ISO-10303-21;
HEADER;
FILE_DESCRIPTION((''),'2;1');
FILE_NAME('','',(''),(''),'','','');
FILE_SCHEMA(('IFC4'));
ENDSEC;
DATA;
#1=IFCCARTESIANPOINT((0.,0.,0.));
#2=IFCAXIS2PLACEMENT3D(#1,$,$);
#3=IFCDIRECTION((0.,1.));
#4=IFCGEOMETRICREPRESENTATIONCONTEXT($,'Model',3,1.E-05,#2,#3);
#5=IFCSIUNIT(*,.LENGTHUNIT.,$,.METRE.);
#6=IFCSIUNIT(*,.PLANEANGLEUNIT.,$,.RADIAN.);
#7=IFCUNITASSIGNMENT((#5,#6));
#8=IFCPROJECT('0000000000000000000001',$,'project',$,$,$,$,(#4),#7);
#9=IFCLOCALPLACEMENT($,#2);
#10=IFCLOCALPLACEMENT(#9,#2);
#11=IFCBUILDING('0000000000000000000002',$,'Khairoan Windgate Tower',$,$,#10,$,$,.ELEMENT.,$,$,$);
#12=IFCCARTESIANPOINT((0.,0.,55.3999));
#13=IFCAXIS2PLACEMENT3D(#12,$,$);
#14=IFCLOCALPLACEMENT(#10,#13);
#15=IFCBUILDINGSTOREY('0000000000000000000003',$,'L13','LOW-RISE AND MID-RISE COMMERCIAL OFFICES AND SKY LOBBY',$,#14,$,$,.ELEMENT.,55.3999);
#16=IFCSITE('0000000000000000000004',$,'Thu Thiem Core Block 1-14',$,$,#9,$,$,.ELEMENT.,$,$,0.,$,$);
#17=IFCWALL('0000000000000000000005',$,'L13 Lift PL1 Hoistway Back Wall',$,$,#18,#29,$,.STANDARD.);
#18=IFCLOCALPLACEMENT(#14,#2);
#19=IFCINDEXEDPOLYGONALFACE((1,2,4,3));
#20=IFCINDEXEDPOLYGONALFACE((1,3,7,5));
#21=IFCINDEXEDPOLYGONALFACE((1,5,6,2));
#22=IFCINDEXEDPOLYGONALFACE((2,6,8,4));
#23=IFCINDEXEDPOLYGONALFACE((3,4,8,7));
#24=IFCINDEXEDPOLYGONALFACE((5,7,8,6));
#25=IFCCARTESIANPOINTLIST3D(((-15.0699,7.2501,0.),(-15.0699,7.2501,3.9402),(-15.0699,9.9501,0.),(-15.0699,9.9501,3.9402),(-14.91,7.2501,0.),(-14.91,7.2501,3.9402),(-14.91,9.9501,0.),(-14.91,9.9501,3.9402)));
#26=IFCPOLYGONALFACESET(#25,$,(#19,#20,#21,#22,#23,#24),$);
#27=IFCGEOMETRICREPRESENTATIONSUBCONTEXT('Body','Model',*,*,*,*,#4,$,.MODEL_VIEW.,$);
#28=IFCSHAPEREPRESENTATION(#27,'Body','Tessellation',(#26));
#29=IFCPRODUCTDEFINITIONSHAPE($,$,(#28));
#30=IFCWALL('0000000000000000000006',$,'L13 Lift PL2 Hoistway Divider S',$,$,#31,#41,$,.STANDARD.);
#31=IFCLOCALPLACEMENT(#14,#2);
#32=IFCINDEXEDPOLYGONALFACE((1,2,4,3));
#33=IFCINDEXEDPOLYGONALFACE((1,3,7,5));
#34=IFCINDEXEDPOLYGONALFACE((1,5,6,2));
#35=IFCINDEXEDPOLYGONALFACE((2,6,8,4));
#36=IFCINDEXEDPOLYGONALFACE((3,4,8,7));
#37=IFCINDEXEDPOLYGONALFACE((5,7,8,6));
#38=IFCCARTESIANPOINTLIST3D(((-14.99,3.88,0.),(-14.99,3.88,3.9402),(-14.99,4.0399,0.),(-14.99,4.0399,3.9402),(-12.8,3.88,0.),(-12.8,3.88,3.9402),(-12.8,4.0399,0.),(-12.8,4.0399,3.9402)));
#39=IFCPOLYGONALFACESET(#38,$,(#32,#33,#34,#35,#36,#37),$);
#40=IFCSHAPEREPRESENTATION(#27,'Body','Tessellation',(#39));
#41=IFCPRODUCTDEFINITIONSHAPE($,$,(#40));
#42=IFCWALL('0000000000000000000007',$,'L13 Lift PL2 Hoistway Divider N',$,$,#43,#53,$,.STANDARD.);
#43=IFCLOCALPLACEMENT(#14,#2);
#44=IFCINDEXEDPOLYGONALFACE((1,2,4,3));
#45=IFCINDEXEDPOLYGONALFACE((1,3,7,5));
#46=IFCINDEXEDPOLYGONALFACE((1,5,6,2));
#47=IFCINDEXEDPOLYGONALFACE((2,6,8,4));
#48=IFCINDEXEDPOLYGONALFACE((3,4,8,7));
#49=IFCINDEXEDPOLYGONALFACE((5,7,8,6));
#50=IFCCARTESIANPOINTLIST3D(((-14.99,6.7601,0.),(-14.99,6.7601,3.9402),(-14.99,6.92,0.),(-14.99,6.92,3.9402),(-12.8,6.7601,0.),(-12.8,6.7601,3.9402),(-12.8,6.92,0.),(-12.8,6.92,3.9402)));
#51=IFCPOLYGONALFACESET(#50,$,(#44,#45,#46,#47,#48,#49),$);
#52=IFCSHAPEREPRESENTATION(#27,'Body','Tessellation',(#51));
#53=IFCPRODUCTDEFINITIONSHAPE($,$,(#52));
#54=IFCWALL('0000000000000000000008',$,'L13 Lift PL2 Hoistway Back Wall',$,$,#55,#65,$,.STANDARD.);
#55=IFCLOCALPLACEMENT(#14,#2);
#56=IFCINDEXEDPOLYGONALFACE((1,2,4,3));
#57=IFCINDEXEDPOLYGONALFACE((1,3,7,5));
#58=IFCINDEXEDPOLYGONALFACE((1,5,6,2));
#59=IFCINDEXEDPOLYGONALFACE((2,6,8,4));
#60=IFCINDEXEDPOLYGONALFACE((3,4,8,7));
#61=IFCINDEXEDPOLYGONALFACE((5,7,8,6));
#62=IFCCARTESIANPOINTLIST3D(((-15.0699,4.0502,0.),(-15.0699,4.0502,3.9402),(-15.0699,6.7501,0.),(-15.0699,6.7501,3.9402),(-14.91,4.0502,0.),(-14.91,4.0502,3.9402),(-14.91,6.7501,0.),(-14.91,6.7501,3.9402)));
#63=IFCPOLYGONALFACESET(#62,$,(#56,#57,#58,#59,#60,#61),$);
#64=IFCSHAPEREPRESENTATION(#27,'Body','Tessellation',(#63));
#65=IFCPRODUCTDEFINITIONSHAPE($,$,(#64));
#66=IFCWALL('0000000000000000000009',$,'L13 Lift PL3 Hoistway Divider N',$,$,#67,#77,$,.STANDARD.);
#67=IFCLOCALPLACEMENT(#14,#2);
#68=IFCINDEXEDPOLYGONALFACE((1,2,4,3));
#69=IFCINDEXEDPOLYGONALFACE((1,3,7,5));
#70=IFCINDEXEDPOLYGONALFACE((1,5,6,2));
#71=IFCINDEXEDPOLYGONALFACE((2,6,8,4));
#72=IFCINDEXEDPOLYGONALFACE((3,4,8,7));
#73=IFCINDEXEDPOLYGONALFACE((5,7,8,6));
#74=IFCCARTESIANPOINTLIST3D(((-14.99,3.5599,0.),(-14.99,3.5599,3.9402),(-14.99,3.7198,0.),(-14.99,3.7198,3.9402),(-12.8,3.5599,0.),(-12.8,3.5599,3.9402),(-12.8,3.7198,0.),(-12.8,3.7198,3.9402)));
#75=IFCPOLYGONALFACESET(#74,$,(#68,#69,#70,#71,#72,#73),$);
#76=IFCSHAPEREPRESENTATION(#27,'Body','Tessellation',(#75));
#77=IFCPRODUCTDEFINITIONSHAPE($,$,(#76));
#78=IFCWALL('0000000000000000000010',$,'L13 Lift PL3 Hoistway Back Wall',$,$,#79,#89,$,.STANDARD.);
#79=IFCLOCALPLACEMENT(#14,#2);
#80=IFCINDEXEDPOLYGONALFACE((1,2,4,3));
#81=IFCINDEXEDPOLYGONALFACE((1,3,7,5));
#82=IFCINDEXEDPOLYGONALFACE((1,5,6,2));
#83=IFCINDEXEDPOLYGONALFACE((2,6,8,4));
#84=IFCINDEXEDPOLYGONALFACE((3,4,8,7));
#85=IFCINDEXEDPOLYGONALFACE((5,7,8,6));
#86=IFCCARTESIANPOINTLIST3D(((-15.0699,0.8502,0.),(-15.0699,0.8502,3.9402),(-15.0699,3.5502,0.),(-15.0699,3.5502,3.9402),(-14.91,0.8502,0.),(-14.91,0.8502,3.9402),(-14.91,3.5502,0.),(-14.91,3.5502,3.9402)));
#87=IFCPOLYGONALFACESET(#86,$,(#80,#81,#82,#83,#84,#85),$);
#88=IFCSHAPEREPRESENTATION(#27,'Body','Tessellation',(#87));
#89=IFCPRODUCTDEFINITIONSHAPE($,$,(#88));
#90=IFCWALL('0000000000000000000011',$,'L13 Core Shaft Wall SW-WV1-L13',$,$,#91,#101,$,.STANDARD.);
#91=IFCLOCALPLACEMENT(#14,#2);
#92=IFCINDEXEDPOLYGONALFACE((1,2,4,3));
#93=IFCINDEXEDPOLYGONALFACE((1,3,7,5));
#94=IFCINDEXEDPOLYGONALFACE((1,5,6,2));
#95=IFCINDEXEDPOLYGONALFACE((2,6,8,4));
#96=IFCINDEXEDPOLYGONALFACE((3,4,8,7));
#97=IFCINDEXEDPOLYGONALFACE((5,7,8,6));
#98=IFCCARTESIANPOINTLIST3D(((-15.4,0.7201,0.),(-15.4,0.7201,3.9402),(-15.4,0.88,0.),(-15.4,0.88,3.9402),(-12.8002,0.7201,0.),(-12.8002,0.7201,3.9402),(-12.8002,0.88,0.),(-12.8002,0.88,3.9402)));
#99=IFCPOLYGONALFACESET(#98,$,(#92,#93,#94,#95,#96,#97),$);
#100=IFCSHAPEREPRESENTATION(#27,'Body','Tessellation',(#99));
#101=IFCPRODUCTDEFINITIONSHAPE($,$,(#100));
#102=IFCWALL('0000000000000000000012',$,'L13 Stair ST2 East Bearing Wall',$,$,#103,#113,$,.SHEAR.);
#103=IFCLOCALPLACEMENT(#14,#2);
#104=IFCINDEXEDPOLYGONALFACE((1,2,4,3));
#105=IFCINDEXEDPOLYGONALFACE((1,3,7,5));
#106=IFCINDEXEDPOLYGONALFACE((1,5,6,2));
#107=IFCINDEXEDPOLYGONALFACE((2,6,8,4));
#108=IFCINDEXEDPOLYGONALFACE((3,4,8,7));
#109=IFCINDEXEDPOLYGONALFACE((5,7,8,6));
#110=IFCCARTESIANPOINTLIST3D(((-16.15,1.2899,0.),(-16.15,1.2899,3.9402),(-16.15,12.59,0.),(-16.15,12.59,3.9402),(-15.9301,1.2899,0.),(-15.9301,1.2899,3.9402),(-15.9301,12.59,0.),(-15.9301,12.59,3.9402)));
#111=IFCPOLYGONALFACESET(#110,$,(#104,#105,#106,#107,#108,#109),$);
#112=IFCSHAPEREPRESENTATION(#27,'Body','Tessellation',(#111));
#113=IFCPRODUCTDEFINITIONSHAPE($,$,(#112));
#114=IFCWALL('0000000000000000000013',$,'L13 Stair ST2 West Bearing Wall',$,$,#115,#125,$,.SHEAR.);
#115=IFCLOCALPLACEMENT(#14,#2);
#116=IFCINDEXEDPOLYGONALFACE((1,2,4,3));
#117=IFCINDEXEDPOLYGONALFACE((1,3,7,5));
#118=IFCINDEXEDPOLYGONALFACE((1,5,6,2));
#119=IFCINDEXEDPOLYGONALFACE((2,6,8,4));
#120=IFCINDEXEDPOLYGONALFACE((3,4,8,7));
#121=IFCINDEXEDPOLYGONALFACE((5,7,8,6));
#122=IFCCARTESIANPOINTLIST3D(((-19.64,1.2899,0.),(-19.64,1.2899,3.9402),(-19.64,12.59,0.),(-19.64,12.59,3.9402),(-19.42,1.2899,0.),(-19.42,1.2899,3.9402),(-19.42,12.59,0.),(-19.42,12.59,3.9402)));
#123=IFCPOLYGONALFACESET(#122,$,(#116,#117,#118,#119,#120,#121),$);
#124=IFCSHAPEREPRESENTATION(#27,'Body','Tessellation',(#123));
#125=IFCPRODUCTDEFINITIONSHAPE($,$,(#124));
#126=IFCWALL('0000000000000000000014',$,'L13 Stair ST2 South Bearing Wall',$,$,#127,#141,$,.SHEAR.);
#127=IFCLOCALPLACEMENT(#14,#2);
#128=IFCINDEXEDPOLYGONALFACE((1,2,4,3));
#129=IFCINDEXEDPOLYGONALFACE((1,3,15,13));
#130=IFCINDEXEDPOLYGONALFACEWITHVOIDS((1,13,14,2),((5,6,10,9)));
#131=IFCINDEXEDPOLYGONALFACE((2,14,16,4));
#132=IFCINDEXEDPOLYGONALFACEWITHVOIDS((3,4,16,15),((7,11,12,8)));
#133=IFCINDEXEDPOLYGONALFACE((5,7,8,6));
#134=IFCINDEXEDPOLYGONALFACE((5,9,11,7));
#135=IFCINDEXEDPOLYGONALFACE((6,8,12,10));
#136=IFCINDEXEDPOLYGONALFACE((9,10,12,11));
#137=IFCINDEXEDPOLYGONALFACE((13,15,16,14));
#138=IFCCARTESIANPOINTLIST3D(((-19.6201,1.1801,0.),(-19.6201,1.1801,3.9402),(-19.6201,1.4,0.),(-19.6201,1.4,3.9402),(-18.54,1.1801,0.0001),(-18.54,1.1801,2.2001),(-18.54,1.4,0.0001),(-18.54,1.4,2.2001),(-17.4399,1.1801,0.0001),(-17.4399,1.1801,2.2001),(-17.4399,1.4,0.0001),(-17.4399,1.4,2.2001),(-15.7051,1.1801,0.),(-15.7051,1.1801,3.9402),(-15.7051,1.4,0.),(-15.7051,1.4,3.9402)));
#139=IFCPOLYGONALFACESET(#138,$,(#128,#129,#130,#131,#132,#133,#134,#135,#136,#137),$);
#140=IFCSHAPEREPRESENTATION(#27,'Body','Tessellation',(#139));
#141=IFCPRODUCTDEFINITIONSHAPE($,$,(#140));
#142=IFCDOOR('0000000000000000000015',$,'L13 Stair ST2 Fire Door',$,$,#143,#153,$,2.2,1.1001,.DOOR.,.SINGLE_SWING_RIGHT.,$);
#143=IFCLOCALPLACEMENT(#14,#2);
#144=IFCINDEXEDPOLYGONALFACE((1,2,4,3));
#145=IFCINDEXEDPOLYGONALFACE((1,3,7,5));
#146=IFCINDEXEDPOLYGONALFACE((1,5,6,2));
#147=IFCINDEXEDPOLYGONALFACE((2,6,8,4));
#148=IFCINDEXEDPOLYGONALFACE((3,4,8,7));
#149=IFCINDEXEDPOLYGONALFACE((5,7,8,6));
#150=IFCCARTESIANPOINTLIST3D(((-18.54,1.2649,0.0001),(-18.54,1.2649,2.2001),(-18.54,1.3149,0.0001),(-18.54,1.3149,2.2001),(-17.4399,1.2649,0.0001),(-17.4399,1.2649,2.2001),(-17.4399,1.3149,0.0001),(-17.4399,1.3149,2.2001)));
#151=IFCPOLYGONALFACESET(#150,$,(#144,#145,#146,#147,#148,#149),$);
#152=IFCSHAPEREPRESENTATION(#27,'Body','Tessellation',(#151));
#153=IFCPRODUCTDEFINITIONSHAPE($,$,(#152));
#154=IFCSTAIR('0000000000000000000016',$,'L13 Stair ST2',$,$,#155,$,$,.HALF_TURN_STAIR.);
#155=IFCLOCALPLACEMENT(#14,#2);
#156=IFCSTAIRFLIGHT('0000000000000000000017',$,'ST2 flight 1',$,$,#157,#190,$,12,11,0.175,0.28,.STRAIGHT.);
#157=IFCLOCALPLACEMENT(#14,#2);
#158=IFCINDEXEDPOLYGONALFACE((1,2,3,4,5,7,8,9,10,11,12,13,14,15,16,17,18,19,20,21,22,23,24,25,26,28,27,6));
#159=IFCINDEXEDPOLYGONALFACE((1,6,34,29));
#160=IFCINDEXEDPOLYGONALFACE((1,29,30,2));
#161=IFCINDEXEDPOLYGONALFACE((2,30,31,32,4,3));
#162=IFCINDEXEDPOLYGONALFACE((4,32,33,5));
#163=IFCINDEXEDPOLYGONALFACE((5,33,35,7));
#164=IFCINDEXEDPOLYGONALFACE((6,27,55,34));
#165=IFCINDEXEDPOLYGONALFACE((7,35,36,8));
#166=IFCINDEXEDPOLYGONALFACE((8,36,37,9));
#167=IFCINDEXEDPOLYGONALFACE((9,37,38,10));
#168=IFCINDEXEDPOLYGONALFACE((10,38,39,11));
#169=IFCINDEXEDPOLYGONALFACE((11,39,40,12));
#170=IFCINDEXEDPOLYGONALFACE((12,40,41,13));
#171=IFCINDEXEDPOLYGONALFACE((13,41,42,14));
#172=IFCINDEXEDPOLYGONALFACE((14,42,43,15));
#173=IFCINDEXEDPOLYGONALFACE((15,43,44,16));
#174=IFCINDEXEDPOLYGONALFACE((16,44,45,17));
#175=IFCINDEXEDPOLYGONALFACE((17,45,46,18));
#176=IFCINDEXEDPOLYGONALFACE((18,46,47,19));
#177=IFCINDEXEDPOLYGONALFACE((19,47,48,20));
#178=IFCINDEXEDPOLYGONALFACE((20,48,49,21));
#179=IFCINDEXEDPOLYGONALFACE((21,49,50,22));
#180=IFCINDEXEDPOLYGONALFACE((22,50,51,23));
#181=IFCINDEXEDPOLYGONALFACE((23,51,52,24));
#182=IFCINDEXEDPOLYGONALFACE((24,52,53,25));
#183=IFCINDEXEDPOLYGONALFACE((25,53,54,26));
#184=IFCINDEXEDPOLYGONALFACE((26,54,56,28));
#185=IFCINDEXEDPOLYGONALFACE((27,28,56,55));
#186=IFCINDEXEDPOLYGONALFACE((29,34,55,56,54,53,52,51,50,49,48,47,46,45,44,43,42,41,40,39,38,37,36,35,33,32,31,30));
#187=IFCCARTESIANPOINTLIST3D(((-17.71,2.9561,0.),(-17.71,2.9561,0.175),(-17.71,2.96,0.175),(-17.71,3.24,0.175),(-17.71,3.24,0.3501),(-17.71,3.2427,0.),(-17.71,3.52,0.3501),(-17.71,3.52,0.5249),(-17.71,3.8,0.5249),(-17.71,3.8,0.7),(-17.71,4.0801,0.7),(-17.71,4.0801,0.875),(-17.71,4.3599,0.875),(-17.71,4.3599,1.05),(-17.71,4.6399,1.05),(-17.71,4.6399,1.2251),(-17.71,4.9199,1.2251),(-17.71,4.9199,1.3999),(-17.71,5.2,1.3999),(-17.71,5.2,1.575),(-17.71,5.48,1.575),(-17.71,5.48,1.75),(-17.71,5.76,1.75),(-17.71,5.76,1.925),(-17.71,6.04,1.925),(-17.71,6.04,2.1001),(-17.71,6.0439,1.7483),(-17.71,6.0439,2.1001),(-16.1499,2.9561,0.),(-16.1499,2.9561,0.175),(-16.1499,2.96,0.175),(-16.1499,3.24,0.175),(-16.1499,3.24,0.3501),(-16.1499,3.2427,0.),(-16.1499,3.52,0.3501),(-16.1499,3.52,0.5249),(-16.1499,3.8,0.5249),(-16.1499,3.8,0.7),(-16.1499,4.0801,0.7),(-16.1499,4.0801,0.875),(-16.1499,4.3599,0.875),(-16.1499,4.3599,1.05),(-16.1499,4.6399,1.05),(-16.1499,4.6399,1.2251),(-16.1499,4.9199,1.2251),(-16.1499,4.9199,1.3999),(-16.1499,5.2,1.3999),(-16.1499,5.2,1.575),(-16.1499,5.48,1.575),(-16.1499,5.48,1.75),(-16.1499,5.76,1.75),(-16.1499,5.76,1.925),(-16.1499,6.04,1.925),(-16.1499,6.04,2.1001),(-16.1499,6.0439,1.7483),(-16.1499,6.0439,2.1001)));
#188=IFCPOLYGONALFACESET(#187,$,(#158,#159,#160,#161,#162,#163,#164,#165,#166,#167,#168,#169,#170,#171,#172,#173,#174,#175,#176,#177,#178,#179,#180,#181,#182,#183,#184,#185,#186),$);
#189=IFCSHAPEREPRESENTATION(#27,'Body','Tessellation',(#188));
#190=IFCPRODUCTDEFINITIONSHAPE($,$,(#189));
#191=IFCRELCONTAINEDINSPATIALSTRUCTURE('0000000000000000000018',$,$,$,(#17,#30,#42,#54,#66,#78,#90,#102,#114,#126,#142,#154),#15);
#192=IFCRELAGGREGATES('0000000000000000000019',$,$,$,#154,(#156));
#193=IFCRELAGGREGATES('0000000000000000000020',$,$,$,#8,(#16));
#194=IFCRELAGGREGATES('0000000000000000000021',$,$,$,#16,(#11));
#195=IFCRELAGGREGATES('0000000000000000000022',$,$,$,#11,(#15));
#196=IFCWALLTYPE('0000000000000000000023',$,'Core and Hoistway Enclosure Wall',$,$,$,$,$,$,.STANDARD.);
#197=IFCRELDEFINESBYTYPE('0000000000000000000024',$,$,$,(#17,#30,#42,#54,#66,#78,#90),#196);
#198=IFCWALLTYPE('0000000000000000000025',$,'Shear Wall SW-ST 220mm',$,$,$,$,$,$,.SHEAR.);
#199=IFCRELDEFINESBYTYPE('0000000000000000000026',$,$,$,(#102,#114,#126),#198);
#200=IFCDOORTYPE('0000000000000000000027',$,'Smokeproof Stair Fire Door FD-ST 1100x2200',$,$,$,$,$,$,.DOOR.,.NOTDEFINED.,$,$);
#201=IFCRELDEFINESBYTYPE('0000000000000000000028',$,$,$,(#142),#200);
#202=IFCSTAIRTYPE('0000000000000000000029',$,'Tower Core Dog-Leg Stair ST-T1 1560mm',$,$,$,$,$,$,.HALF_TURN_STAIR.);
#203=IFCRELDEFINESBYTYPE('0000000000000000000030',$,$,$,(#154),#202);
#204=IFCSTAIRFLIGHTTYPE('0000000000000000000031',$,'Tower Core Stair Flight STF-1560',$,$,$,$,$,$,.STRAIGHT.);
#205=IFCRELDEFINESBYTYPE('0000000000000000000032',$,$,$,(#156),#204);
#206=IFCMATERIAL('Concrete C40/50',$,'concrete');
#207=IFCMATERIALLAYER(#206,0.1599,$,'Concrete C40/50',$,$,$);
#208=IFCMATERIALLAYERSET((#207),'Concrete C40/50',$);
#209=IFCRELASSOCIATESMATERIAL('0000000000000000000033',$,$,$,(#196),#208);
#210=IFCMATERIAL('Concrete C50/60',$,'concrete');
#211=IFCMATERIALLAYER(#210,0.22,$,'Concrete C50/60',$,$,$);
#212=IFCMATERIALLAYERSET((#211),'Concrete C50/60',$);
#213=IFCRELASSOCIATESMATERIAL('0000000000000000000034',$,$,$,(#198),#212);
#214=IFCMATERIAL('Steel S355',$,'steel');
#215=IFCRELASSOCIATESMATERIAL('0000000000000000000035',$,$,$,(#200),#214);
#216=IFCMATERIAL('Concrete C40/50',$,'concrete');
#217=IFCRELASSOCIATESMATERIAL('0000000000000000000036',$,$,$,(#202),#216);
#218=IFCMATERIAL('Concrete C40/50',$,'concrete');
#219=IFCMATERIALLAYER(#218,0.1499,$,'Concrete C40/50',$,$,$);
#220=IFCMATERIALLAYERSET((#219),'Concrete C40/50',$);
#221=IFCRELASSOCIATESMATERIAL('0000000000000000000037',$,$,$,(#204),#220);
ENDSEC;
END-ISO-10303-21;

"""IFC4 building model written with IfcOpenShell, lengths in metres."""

from ifc_helpers import new_model, si_unit, direction, frame, frame_2d, origin, place, context, subcontext, project, spatial, polyline, rectangle, outline, extrude, material, layer, layer_set, type_object, element, fill, aggregate, save


model = new_model("IFC4")

# Units and contexts
model_context = context("Model", 3, precision=1e-05, world=origin(), true_north=direction((0.0, 1.0)))
body_context = subcontext(model_context, "Body", "Model", "MODEL_VIEW")
ifc_project = project(units=[si_unit("LENGTHUNIT", "METRE"), si_unit("PLANEANGLEUNIT", "RADIAN")], contexts=[model_context])

# Site, building, storey
site_placement = place(None, origin())
site = spatial("IfcSite", under=ifc_project, at=site_placement, Name="Thu Thiem Core Block 1-14", CompositionType="ELEMENT", RefElevation=0.0)
building_placement = place(site_placement, origin())
building = spatial("IfcBuilding", under=site, at=building_placement, Name="Khairoan Windgate Tower", CompositionType="ELEMENT")
storey_placement = place(building_placement, frame((0.0, 0.0, 55.3999)))
storey = spatial("IfcBuildingStorey", under=building, at=storey_placement, Name="L13", Description="LOW-RISE AND MID-RISE COMMERCIAL OFFICES AND SKY LOBBY", CompositionType="ELEMENT", Elevation=55.3999)

# Walls
ifc_material_1 = material(Name="Concrete C40/50", Category="concrete")
ifc_layer_1 = layer(ifc_material_1, 0.1599, Name="Concrete C40/50")
ifc_layer_set_1 = layer_set([ifc_layer_1], Name="Concrete C40/50")
wall_type_1 = type_object("IfcWallType", Name="Core and Hoistway Enclosure Wall", PredefinedType="STANDARD", material=ifc_layer_set_1)
wall_1_placement = place(storey_placement, frame((-14.99, 7.25, 0.0), z_axis=(0.0, 0.0, 1.0), x_axis=(0.0, 1.0, 0.0)))
element("IfcWall", 1, at=wall_1_placement, inside=storey, type_object=wall_type_1, Name="L13 Lift PL1 Hoistway Back Wall", PredefinedType="STANDARD", context=body_context, shape_type="SweptSolid", body=[
    extrude(rectangle(XDim=2.7, YDim=0.1599, at=frame_2d((1.3501, 0.0))), origin(), (0.0, 0.0, 1.0), 3.9402),
])
for number, where, z_axis, x_axis, name in (
    (2, (-14.99, 3.96, 0.0), (0.0, 0.0, 1.0), (1.0, 0.0, 0.0), "L13 Lift PL2 Hoistway Divider S"),
    (3, (-14.99, 6.8401, 0.0), (0.0, 0.0, 1.0), (1.0, 0.0, 0.0), "L13 Lift PL2 Hoistway Divider N"),
):
    element("IfcWall", number, at=place(storey_placement, frame(where, z_axis=z_axis, x_axis=x_axis)), inside=storey, type_object=wall_type_1, Name=name, PredefinedType="STANDARD", context=body_context, shape_type="SweptSolid", body=[
        extrude(rectangle(XDim=2.1899, YDim=0.1599, at=frame_2d((1.095, 0.0))), origin(), (0.0, 0.0, 1.0), 3.9402),
    ])
wall_2_placement = place(storey_placement, frame((-14.99, 4.05, 0.0), z_axis=(0.0, 0.0, 1.0), x_axis=(0.0, 1.0, 0.0)))
element("IfcWall", 4, at=wall_2_placement, inside=storey, type_object=wall_type_1, Name="L13 Lift PL2 Hoistway Back Wall", PredefinedType="STANDARD", context=body_context, shape_type="SweptSolid", body=[
    extrude(rectangle(XDim=2.7, YDim=0.1599, at=frame_2d((1.3501, 0.0))), origin(), (0.0, 0.0, 1.0), 3.9402),
])
wall_3_placement = place(storey_placement, frame((-14.99, 3.6399, 0.0), z_axis=(0.0, 0.0, 1.0), x_axis=(1.0, 0.0, 0.0)))
element("IfcWall", 5, at=wall_3_placement, inside=storey, type_object=wall_type_1, Name="L13 Lift PL3 Hoistway Divider N", PredefinedType="STANDARD", context=body_context, shape_type="SweptSolid", body=[
    extrude(rectangle(XDim=2.1899, YDim=0.1599, at=frame_2d((1.095, 0.0))), origin(), (0.0, 0.0, 1.0), 3.9402),
])
wall_4_placement = place(storey_placement, frame((-14.99, 0.8501, 0.0), z_axis=(0.0, 0.0, 1.0), x_axis=(0.0, 1.0, 0.0)))
element("IfcWall", 6, at=wall_4_placement, inside=storey, type_object=wall_type_1, Name="L13 Lift PL3 Hoistway Back Wall", PredefinedType="STANDARD", context=body_context, shape_type="SweptSolid", body=[
    extrude(rectangle(XDim=2.7, YDim=0.1599, at=frame_2d((1.3501, 0.0))), origin(), (0.0, 0.0, 1.0), 3.9402),
])
wall_5_placement = place(storey_placement, frame((-15.3999, 0.8, 0.0), z_axis=(0.0, 0.0, 1.0), x_axis=(1.0, 0.0, 0.0)))
element("IfcWall", 7, at=wall_5_placement, inside=storey, type_object=wall_type_1, Name="L13 Core Shaft Wall SW-WV1-L13", PredefinedType="STANDARD", context=body_context, shape_type="SweptSolid", body=[
    extrude(rectangle(XDim=2.5999, YDim=0.1599, at=frame_2d((1.2998, 0.0))), origin(), (0.0, 0.0, 1.0), 3.9402),
])
ifc_material_2 = material(Name="Concrete C50/60", Category="concrete")
ifc_layer_2 = layer(ifc_material_2, 0.22, Name="Concrete C50/60")
ifc_layer_set_2 = layer_set([ifc_layer_2], Name="Concrete C50/60")
wall_type_2 = type_object("IfcWallType", Name="Shear Wall SW-ST 220mm", PredefinedType="SHEAR", material=ifc_layer_set_2)
for number, where, z_axis, x_axis, name in (
    (8, (-16.04, 1.29, 0.0), (0.0, 0.0, 1.0), (0.0, 1.0, 0.0), "L13 Stair ST2 East Bearing Wall"),
    (9, (-19.53, 1.29, 0.0), (0.0, 0.0, 1.0), (0.0, 1.0, 0.0), "L13 Stair ST2 West Bearing Wall"),
):
    element("IfcWall", number, at=place(storey_placement, frame(where, z_axis=z_axis, x_axis=x_axis)), inside=storey, type_object=wall_type_2, Name=name, PredefinedType="SHEAR", context=body_context, shape_type="SweptSolid", body=[
        extrude(rectangle(XDim=11.3, YDim=0.22, at=frame_2d((5.6499, 0.0))), origin(), (0.0, 0.0, 1.0), 3.9402),
    ])

# Wall, opening, door
wall_6_placement = place(storey_placement, frame((-19.6201, 1.29, 0.0), z_axis=(0.0, 0.0, 1.0), x_axis=(1.0, 0.0, 0.0)))
wall_6 = element("IfcWall", 10, at=wall_6_placement, inside=storey, type_object=wall_type_2, Name="L13 Stair ST2 South Bearing Wall", PredefinedType="SHEAR", context=body_context, shape_type="SweptSolid", body=[
    extrude(rectangle(XDim=3.915, YDim=0.22, at=frame_2d((1.9575, 0.0))), origin(), (0.0, 0.0, 1.0), 3.9402),
])
opening_placement = place(wall_6_placement, frame((1.0801, 0.0, 0.0)))
opening = element("IfcOpeningElement", 11, at=opening_placement, cuts=wall_6, PredefinedType="OPENING", context=body_context, shape_type="SweptSolid", body=[
    extrude(rectangle(XDim=1.1001, YDim=2.2, at=frame_2d((0.55, 1.1001))), frame((0.0, 0.1199, 0.0), z_axis=(0.0, -1.0, 0.0), x_axis=(1.0, 0.0, 0.0)), (0.0, 0.0, 1.0), 0.24),
])
ifc_material_3 = material(Name="Steel S355", Category="steel")
door_type = type_object("IfcDoorType", Name="Smokeproof Stair Fire Door FD-ST 1100x2200", OperationType="NOTDEFINED", PredefinedType="DOOR", material=ifc_material_3)
door_placement = place(opening_placement, origin())
door = element("IfcDoor", 12, at=door_placement, inside=storey, type_object=door_type, Name="L13 Stair ST2 Fire Door", OperationType="SINGLE_SWING_RIGHT", OverallHeight=2.2, OverallWidth=1.1001, PredefinedType="DOOR", context=body_context, shape_type="SweptSolid", body=[
    extrude(rectangle(XDim=1.1001, YDim=2.2, at=frame_2d((0.55, 1.1001))), frame((0.0, 0.0249, 0.0), z_axis=(0.0, -1.0, 0.0), x_axis=(1.0, 0.0, 0.0)), (0.0, 0.0, 1.0), 0.05),
])
fill(opening, door)

# Stair, stair flight
ifc_material_4 = material(Name="Concrete C40/50", Category="concrete")
stair_type = type_object("IfcStairType", Name="Tower Core Dog-Leg Stair ST-T1 1560mm", PredefinedType="HALF_TURN_STAIR", material=ifc_material_4)
stair_placement = place(storey_placement, origin())
stair = element("IfcStair", 13, at=stair_placement, inside=storey, type_object=stair_type, Name="L13 Stair ST2", PredefinedType="HALF_TURN_STAIR")
ifc_material_5 = material(Name="Concrete C40/50", Category="concrete")
ifc_layer_3 = layer(ifc_material_5, 0.1499, Name="Concrete C40/50")
ifc_layer_set_3 = layer_set([ifc_layer_3], Name="Concrete C40/50")
stair_flight_type = type_object("IfcStairFlightType", Name="Tower Core Stair Flight STF-1560", PredefinedType="STRAIGHT", material=ifc_layer_set_3)
stair_flight_1_placement = place(storey_placement, frame((-16.9299, 2.96, 0.0), z_axis=(0.0, 0.0, 1.0), x_axis=(0.0, 1.0, 0.0)))
stair_flight_1 = element("IfcStairFlight", 14, at=stair_flight_1_placement, type_object=stair_flight_type, Name="ST2 flight 1", NumberOfRisers=12, NumberOfTreads=11, PredefinedType="STRAIGHT", RiserHeight=0.175, TreadLength=0.28, context=body_context, shape_type="SweptSolid", body=[
    extrude(outline(polyline([(-0.0039, 0.0), (-0.0039, 0.175), (0.0, 0.175), (0.28, 0.175), (0.28, 0.3501), (0.5601, 0.3501), (0.5601, 0.5249), (0.8401, 0.5249), (0.8401, 0.7), (1.1201, 0.7), (1.1201, 0.875), (1.3999, 0.875), (1.3999, 1.05), (1.6799, 1.05), (1.6799, 1.2251), (1.96, 1.2251), (1.96, 1.3999), (2.24, 1.3999), (2.24, 1.575), (2.52, 1.575), (2.52, 1.75), (2.8, 1.75), (2.8, 1.925), (3.0801, 1.925), (3.0801, 2.1001), (3.084, 2.1001), (3.084, 1.7483), (0.2827, 0.0), (-0.0039, 0.0)])), frame((0.0, 0.78, 0.0), z_axis=(0.0, -1.0, 0.0), x_axis=(1.0, 0.0, 0.0)), (0.0, 0.0, 1.0), 1.5601),
])
aggregate(stair, [stair_flight_1])

save(model, "model.ifc")
